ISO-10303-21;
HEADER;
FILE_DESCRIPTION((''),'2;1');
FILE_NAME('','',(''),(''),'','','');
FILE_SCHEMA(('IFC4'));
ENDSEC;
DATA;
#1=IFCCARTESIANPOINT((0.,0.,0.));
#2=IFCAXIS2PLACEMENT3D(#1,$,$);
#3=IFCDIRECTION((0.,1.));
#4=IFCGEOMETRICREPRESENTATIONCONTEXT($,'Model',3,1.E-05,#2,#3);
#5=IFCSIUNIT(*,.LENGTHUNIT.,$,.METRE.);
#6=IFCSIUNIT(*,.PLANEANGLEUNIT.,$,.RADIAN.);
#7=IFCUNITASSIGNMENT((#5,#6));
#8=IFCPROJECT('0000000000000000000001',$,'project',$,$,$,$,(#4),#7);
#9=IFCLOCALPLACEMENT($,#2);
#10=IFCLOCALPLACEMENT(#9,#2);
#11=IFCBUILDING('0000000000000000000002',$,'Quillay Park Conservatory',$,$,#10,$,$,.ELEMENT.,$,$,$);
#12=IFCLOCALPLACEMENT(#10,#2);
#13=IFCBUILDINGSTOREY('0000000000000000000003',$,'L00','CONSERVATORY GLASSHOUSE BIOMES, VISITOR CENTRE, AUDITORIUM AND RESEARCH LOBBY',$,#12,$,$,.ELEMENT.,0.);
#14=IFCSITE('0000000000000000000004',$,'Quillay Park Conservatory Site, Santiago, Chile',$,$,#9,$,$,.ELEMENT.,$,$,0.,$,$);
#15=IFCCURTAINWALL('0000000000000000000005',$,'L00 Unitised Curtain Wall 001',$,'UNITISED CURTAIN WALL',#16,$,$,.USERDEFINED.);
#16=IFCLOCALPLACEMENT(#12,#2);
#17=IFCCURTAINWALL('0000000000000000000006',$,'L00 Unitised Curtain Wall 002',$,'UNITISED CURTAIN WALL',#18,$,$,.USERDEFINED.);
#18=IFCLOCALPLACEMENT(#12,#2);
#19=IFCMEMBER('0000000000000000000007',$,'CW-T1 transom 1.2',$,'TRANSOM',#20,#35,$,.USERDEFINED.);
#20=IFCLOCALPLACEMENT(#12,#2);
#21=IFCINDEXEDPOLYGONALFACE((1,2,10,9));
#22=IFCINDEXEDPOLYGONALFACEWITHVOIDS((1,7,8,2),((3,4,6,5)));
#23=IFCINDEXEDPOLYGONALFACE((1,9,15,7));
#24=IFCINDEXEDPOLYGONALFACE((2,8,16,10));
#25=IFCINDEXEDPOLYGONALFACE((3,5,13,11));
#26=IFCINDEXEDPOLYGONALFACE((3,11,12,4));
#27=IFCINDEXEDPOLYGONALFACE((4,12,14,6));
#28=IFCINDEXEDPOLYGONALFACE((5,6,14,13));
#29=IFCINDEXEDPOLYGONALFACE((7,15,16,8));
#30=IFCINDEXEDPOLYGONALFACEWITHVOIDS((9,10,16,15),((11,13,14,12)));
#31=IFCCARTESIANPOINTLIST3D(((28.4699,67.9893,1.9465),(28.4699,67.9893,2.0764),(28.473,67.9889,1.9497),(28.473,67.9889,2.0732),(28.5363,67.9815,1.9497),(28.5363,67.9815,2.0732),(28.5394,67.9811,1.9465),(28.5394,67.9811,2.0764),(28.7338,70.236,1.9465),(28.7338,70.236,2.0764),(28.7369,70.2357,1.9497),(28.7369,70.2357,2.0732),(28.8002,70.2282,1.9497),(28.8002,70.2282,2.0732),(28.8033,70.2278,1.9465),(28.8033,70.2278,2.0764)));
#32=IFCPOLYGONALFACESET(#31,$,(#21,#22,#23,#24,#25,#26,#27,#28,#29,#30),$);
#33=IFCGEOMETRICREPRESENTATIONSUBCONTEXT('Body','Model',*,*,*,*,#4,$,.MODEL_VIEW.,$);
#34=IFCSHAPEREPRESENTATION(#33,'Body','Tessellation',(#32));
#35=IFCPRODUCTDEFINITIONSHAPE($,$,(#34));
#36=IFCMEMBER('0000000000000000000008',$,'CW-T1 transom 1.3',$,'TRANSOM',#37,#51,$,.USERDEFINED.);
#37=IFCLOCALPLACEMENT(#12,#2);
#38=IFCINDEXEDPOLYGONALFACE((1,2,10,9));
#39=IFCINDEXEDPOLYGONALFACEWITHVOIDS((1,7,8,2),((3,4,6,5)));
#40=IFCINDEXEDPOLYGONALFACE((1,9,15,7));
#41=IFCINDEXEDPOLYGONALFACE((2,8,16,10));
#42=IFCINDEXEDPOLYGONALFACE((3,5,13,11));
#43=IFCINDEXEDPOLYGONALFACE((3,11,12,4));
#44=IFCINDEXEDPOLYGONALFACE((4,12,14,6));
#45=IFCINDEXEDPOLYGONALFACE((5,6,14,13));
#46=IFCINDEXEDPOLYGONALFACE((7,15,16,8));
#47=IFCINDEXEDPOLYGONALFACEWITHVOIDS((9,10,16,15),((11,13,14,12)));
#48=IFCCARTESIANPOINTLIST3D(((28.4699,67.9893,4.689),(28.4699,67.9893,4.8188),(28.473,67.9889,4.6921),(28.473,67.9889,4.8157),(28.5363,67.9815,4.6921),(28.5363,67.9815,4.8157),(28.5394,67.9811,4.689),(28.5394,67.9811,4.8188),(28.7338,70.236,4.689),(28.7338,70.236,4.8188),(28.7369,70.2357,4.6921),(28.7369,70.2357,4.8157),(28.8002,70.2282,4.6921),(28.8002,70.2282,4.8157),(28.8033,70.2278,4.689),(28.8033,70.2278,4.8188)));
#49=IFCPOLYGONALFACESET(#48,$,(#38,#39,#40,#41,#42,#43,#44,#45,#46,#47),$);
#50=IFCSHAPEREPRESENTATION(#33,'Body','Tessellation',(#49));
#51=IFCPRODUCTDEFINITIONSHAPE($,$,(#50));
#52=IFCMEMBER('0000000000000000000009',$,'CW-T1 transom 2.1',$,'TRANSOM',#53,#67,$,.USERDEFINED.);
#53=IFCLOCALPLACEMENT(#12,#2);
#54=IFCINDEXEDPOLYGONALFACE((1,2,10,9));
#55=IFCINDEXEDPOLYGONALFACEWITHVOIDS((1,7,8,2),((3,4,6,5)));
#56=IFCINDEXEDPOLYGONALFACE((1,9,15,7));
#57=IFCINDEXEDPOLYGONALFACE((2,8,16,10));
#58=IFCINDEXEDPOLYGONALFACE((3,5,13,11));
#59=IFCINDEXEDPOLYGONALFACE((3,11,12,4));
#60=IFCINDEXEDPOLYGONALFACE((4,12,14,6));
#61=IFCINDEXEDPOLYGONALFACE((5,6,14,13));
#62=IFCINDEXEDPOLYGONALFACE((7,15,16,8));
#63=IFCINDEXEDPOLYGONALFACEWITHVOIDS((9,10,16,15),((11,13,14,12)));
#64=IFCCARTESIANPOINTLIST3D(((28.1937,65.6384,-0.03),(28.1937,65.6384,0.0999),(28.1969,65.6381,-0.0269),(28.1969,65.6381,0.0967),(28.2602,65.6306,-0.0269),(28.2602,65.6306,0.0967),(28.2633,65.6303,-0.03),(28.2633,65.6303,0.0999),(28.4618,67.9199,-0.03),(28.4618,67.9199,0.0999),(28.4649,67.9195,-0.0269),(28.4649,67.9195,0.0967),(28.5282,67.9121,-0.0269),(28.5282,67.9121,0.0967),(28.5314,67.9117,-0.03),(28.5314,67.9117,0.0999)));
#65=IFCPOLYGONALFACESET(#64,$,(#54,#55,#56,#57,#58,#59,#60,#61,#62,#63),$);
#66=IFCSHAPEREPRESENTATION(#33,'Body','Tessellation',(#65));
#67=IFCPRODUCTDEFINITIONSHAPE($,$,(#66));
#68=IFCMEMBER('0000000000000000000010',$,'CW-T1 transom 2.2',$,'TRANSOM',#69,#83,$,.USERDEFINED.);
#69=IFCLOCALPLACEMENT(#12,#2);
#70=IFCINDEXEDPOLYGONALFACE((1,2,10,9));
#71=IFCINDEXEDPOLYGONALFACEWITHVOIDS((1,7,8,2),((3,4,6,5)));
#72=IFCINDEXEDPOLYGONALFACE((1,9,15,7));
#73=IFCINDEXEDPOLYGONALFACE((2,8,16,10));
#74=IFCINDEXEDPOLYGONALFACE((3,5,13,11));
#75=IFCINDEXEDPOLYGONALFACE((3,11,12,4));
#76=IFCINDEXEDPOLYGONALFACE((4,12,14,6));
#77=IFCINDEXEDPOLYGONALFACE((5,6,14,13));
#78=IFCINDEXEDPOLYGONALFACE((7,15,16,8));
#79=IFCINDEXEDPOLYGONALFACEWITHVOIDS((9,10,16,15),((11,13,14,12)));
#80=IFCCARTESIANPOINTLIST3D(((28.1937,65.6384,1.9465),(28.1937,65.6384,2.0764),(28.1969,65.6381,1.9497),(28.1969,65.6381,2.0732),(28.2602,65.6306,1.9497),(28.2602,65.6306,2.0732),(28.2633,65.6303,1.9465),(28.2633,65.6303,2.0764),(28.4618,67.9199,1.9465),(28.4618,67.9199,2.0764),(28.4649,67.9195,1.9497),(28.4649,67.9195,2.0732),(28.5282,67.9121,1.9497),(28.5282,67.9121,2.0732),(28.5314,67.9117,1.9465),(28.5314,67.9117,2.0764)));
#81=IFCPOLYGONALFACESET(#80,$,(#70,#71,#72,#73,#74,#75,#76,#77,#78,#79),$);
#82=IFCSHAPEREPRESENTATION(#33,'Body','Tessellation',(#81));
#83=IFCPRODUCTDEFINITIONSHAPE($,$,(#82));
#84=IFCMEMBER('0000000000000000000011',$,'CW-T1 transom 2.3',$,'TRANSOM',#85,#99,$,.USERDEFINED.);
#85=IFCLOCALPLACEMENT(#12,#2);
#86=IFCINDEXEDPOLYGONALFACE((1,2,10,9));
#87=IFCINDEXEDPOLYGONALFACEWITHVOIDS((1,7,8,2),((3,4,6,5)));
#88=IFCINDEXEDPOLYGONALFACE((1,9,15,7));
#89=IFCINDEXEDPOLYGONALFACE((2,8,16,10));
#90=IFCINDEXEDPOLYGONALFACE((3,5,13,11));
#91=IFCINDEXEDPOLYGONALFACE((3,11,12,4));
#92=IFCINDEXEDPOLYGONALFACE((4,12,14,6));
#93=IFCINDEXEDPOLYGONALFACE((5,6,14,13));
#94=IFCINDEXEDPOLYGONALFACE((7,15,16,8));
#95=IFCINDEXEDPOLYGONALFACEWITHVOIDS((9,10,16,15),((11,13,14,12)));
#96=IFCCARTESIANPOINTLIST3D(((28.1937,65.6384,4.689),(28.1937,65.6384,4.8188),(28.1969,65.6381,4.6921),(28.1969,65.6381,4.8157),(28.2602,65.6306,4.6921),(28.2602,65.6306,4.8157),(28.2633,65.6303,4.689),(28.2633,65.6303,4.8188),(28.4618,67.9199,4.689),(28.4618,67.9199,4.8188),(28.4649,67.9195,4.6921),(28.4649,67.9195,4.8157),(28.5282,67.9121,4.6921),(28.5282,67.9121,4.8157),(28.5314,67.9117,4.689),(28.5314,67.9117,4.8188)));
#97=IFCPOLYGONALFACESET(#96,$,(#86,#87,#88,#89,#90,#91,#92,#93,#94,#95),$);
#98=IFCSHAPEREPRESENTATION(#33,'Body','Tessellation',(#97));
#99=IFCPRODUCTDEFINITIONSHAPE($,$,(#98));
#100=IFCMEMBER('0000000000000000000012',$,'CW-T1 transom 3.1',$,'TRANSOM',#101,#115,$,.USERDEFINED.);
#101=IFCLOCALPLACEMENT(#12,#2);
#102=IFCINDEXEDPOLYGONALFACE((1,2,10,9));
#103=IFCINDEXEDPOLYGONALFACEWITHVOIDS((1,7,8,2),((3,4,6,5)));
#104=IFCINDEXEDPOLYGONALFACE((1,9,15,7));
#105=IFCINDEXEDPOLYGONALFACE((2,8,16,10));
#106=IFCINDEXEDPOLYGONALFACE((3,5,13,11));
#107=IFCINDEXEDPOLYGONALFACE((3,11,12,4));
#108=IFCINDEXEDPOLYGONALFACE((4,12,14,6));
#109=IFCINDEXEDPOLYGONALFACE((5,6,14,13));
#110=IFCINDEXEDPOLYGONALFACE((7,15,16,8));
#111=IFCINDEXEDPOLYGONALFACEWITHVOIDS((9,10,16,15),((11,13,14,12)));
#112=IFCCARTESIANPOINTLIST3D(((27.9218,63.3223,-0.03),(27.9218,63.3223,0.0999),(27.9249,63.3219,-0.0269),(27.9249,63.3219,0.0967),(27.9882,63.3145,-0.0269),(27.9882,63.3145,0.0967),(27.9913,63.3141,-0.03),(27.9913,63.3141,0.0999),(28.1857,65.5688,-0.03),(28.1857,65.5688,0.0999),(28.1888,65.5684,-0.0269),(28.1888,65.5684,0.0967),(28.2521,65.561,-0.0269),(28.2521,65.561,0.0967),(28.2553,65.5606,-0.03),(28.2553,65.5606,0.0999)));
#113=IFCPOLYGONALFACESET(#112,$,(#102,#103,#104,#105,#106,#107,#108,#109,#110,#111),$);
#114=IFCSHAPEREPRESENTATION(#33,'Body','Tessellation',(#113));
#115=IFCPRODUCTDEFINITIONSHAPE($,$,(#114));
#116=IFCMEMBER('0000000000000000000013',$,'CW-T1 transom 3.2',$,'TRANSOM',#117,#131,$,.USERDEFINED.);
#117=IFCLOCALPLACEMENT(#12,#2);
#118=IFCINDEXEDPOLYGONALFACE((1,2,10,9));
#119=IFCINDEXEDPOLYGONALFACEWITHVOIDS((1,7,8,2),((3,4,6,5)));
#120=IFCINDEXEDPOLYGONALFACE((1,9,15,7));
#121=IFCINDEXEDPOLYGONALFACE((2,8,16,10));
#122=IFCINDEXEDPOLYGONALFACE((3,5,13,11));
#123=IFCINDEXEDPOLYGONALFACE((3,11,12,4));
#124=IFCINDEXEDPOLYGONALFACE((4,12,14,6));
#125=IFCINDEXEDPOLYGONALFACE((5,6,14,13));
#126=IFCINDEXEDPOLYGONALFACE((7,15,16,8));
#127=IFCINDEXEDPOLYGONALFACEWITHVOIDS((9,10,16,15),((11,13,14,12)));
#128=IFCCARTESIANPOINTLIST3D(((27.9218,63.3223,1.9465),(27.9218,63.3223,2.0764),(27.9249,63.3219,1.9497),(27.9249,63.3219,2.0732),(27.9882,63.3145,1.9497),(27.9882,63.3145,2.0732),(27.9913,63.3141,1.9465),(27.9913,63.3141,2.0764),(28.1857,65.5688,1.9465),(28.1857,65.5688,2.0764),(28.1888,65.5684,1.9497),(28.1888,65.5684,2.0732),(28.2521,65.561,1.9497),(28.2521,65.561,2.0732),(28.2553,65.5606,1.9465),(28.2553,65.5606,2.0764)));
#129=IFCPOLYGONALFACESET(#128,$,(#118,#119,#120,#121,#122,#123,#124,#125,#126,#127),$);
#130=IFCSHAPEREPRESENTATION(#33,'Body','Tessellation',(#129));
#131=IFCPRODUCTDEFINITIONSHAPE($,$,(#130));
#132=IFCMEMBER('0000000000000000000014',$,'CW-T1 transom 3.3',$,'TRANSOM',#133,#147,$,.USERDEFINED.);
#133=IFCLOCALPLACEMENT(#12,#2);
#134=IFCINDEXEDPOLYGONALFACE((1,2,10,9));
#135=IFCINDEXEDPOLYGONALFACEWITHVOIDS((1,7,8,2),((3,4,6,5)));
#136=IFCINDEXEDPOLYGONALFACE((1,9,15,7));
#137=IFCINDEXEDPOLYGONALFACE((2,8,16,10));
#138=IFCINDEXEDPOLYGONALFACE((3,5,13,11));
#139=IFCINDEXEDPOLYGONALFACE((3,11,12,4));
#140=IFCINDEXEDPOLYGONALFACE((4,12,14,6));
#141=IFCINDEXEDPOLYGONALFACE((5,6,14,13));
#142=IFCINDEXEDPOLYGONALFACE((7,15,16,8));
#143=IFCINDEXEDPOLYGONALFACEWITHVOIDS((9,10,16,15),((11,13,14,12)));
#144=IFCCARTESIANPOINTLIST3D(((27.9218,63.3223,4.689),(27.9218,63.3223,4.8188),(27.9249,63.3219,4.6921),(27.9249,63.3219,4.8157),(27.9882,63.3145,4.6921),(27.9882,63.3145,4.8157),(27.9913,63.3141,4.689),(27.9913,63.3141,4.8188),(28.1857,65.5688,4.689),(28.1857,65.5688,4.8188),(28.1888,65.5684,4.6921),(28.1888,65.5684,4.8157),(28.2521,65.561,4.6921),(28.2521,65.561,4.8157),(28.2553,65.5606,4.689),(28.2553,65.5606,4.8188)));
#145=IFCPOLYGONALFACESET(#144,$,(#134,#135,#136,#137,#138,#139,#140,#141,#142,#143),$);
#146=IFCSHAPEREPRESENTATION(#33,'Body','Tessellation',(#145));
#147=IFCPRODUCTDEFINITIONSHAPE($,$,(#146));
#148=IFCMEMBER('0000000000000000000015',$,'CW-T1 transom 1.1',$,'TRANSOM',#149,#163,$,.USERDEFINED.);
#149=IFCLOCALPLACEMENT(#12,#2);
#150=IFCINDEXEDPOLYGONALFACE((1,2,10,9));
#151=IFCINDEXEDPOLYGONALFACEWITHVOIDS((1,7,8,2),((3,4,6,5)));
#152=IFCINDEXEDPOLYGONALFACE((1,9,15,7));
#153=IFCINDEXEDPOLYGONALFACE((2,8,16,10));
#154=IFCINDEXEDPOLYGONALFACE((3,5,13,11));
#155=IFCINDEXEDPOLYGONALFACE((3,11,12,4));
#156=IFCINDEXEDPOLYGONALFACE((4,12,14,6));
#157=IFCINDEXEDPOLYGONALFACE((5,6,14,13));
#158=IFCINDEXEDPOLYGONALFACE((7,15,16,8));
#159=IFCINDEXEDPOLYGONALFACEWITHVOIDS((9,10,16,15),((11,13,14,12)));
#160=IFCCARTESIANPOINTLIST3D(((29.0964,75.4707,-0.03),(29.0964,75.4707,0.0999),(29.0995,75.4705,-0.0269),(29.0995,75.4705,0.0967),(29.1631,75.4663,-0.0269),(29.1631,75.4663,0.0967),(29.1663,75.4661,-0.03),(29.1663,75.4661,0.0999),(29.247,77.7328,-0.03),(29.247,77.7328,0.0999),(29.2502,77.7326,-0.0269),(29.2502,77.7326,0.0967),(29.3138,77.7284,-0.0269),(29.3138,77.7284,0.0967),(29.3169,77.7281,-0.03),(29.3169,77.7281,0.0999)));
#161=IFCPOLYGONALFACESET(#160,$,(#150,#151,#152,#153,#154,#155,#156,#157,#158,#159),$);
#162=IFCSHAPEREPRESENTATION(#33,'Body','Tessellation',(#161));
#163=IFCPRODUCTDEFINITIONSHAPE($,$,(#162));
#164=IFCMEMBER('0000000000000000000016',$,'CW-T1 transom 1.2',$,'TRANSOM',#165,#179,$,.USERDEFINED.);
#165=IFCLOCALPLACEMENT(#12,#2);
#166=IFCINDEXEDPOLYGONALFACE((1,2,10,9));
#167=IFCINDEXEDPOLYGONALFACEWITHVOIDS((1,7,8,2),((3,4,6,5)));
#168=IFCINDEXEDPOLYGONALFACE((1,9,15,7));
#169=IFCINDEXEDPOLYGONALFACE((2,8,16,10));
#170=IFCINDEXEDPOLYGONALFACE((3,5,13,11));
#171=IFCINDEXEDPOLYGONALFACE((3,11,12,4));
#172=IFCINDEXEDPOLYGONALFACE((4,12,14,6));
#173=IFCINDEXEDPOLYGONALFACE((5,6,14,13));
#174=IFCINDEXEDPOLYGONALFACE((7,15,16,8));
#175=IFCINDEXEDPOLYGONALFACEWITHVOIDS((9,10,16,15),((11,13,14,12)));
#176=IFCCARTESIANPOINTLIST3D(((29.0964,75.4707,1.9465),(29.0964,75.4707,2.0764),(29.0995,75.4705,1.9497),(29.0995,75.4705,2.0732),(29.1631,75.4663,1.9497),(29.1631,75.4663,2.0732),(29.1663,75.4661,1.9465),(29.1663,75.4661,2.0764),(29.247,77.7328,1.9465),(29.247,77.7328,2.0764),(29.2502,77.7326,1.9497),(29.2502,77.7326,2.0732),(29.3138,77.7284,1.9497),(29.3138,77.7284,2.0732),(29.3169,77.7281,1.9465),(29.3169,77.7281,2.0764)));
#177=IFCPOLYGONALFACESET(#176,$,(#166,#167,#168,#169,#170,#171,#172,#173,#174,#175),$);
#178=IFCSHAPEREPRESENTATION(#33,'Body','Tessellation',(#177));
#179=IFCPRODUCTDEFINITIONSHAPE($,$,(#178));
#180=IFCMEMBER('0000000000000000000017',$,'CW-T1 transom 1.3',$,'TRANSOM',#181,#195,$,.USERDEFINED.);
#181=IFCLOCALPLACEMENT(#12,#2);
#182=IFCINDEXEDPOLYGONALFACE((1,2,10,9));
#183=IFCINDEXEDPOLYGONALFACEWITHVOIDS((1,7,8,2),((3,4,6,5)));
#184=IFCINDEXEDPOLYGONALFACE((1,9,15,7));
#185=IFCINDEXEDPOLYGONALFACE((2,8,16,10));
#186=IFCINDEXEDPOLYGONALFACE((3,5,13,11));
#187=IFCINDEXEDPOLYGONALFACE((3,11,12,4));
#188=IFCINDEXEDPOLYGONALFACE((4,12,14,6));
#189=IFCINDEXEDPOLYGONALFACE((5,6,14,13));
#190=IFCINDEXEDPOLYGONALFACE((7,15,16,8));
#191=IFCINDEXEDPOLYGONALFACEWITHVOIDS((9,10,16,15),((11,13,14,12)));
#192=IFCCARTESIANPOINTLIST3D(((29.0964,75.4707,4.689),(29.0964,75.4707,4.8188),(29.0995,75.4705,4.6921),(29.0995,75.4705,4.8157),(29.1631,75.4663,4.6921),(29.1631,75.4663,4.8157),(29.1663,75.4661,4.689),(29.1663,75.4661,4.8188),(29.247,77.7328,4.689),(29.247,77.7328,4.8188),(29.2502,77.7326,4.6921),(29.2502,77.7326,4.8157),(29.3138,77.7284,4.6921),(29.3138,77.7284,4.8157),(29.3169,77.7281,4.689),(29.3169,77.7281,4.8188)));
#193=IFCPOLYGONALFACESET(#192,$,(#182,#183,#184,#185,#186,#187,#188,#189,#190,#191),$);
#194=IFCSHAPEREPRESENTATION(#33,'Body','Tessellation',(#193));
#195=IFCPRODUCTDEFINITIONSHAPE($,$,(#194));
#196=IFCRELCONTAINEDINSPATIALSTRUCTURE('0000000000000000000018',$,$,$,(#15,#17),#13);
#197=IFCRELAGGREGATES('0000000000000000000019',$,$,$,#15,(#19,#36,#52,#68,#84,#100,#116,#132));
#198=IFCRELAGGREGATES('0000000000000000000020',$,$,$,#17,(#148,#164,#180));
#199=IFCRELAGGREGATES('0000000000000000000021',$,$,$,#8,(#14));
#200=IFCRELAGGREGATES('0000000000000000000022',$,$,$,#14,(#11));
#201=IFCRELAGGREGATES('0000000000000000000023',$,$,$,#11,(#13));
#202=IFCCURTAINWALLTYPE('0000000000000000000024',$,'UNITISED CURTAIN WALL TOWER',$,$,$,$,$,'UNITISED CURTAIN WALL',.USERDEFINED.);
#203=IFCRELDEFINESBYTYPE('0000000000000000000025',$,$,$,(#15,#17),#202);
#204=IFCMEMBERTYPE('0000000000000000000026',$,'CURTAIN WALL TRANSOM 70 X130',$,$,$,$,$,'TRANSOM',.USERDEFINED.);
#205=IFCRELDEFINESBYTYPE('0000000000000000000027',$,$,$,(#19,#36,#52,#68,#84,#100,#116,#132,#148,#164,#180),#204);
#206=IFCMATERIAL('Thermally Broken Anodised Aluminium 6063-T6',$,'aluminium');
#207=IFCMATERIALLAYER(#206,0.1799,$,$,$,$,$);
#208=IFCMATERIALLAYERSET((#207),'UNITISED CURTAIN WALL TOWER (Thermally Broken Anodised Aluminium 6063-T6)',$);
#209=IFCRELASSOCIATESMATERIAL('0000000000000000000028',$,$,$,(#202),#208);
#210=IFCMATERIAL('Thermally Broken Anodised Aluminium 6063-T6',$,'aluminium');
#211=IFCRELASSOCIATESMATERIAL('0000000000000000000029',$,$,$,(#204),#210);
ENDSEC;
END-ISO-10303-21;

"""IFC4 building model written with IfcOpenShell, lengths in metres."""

from ifc_helpers import new_model, si_unit, direction, frame, origin, origin_2d, place, context, subcontext, project, spatial, hollow_rectangle, extrude, material, layer, layer_set, material_profile, profile_set, type_object, element, aggregate, save


model = new_model("IFC4")

# Units and contexts
model_context = context("Model", 3, precision=1e-05, world=origin(), true_north=direction((0.0, 1.0)))
body_context = subcontext(model_context, "Body", "Model", "MODEL_VIEW")
ifc_project = project(units=[si_unit("LENGTHUNIT", "METRE"), si_unit("PLANEANGLEUNIT", "RADIAN")], contexts=[model_context])

# Site, building, storey
site_placement = place(None, origin())
site = spatial("IfcSite", under=ifc_project, at=site_placement, Name="Quillay Park Conservatory Site, Santiago, Chile", CompositionType="ELEMENT", RefElevation=0.0)
building_placement = place(site_placement, origin())
building = spatial("IfcBuilding", under=site, at=building_placement, Name="Quillay Park Conservatory", CompositionType="ELEMENT")
storey_placement = place(building_placement, origin())
storey = spatial("IfcBuildingStorey", under=building, at=storey_placement, Name="L00", Description="CONSERVATORY GLASSHOUSE BIOMES, VISITOR CENTRE, AUDITORIUM AND RESEARCH LOBBY", CompositionType="ELEMENT", Elevation=0.0)

# Curtain walls
ifc_material_1 = material(Name="Thermally Broken Anodised Aluminium 6063-T6", Category="aluminium")
ifc_layer_1 = layer(ifc_material_1, 0.1799)
ifc_layer_set_1 = layer_set([ifc_layer_1], Name="UNITISED CURTAIN WALL TOWER (Thermally Broken Anodised Aluminium 6063-T6)")
curtain_wall_type = type_object("IfcCurtainWallType", Name="UNITISED CURTAIN WALL TOWER", ElementType="UNITISED CURTAIN WALL", PredefinedType="USERDEFINED", material=ifc_layer_set_1)
curtain_wall_1_placement = place(storey_placement, origin())
curtain_wall_1 = element("IfcCurtainWall", 1, at=curtain_wall_1_placement, inside=storey, type_object=curtain_wall_type, Name="L00 Unitised Curtain Wall 001", ObjectType="UNITISED CURTAIN WALL", PredefinedType="USERDEFINED")
curtain_wall_2_placement = place(storey_placement, origin())
curtain_wall_2 = element("IfcCurtainWall", 2, at=curtain_wall_2_placement, inside=storey, type_object=curtain_wall_type, Name="L00 Unitised Curtain Wall 002", ObjectType="UNITISED CURTAIN WALL", PredefinedType="USERDEFINED")

# Members
ifc_material_2 = material(Name="Thermally Broken Anodised Aluminium 6063-T6", Category="aluminium")
ifc_material_profile_1 = material_profile(ifc_material_2, hollow_rectangle(XDim=0.0701, YDim=0.1299, WallThickness=0.0032, at=origin_2d()), Name="AL70x130x3.2")
ifc_profile_set_1 = profile_set([ifc_material_profile_1], Name="Thermally Broken Anodised Aluminium 6063-T6")
member_type_1 = type_object("IfcMemberType", Name="CURTAIN WALL TRANSOM 70 X130", ElementType="TRANSOM", PredefinedType="USERDEFINED", material=ifc_profile_set_1)
member_1_placement = place(storey_placement, frame((28.7686, 70.2319, 2.0115), z_axis=(-0.11666, -0.993172, 0.0), x_axis=(0.993172, -0.11666, 0.0)))
member_1 = element("IfcMember", 3, at=member_1_placement, type_object=member_type_1, Name="CW-T1 transom 1.2", ObjectType="TRANSOM", PredefinedType="USERDEFINED", context=body_context, shape_type="SweptSolid", body=[
    extrude(hollow_rectangle(XDim=0.0701, YDim=0.1299, WallThickness=0.0032, at=origin_2d()), origin(), (0.0, 0.0, 1.0), 2.2622),
])
member_2_placement = place(storey_placement, frame((28.7686, 70.2319, 4.7539), z_axis=(-0.11666, -0.993172, 0.0), x_axis=(0.993172, -0.11666, 0.0)))
member_2 = element("IfcMember", 4, at=member_2_placement, type_object=member_type_1, Name="CW-T1 transom 1.3", ObjectType="TRANSOM", PredefinedType="USERDEFINED", context=body_context, shape_type="SweptSolid", body=[
    extrude(hollow_rectangle(XDim=0.0701, YDim=0.1299, WallThickness=0.0032, at=origin_2d()), origin(), (0.0, 0.0, 1.0), 2.2622),
])
member_3_placement = place(storey_placement, frame((28.4966, 67.9158, 0.0349), z_axis=(-0.116693, -0.993168, 0.0), x_axis=(0.993168, -0.116693, 0.0)))
member_3 = element("IfcMember", 5, at=member_3_placement, type_object=member_type_1, Name="CW-T1 transom 2.1", ObjectType="TRANSOM", PredefinedType="USERDEFINED", context=body_context, shape_type="SweptSolid", body=[
    extrude(hollow_rectangle(XDim=0.0701, YDim=0.1299, WallThickness=0.0032, at=origin_2d()), origin(), (0.0, 0.0, 1.0), 2.2971),
])
member_4_placement = place(storey_placement, frame((28.4966, 67.9158, 2.0115), z_axis=(-0.116693, -0.993168, 0.0), x_axis=(0.993168, -0.116693, 0.0)))
member_4 = element("IfcMember", 6, at=member_4_placement, type_object=member_type_1, Name="CW-T1 transom 2.2", ObjectType="TRANSOM", PredefinedType="USERDEFINED", context=body_context, shape_type="SweptSolid", body=[
    extrude(hollow_rectangle(XDim=0.0701, YDim=0.1299, WallThickness=0.0032, at=origin_2d()), origin(), (0.0, 0.0, 1.0), 2.2971),
])
member_5_placement = place(storey_placement, frame((28.4966, 67.9158, 4.7539), z_axis=(-0.116693, -0.993168, 0.0), x_axis=(0.993168, -0.116693, 0.0)))
member_5 = element("IfcMember", 7, at=member_5_placement, type_object=member_type_1, Name="CW-T1 transom 2.3", ObjectType="TRANSOM", PredefinedType="USERDEFINED", context=body_context, shape_type="SweptSolid", body=[
    extrude(hollow_rectangle(XDim=0.0701, YDim=0.1299, WallThickness=0.0032, at=origin_2d()), origin(), (0.0, 0.0, 1.0), 2.2971),
])
member_6_placement = place(storey_placement, frame((28.2205, 65.5647, 0.0349), z_axis=(-0.116672, -0.99317, 0.0), x_axis=(0.99317, -0.116672, 0.0)))
member_6 = element("IfcMember", 8, at=member_6_placement, type_object=member_type_1, Name="CW-T1 transom 3.1", ObjectType="TRANSOM", PredefinedType="USERDEFINED", context=body_context, shape_type="SweptSolid", body=[
    extrude(hollow_rectangle(XDim=0.0701, YDim=0.1299, WallThickness=0.0032, at=origin_2d()), origin(), (0.0, 0.0, 1.0), 2.262),
])
member_7_placement = place(storey_placement, frame((28.2205, 65.5647, 2.0115), z_axis=(-0.116672, -0.99317, 0.0), x_axis=(0.99317, -0.116672, 0.0)))
member_7 = element("IfcMember", 9, at=member_7_placement, type_object=member_type_1, Name="CW-T1 transom 3.2", ObjectType="TRANSOM", PredefinedType="USERDEFINED", context=body_context, shape_type="SweptSolid", body=[
    extrude(hollow_rectangle(XDim=0.0701, YDim=0.1299, WallThickness=0.0032, at=origin_2d()), origin(), (0.0, 0.0, 1.0), 2.262),
])
member_8_placement = place(storey_placement, frame((28.2205, 65.5647, 4.7539), z_axis=(-0.116672, -0.99317, 0.0), x_axis=(0.99317, -0.116672, 0.0)))
member_8 = element("IfcMember", 10, at=member_8_placement, type_object=member_type_1, Name="CW-T1 transom 3.3", ObjectType="TRANSOM", PredefinedType="USERDEFINED", context=body_context, shape_type="SweptSolid", body=[
    extrude(hollow_rectangle(XDim=0.0701, YDim=0.1299, WallThickness=0.0032, at=origin_2d()), origin(), (0.0, 0.0, 1.0), 2.262),
])
member_9_placement = place(storey_placement, frame((29.282, 77.7305, 0.0349), z_axis=(-0.066448, -0.99779, 0.0), x_axis=(0.99779, -0.066448, 0.0)))
member_9 = element("IfcMember", 11, at=member_9_placement, type_object=member_type_1, Name="CW-T1 transom 1.1", ObjectType="TRANSOM", PredefinedType="USERDEFINED", context=body_context, shape_type="SweptSolid", body=[
    extrude(hollow_rectangle(XDim=0.0701, YDim=0.1299, WallThickness=0.0032, at=origin_2d()), origin(), (0.0, 0.0, 1.0), 2.2671),
])
member_10_placement = place(storey_placement, frame((29.282, 77.7305, 2.0115), z_axis=(-0.066448, -0.99779, 0.0), x_axis=(0.99779, -0.066448, 0.0)))
member_10 = element("IfcMember", 12, at=member_10_placement, type_object=member_type_1, Name="CW-T1 transom 1.2", ObjectType="TRANSOM", PredefinedType="USERDEFINED", context=body_context, shape_type="SweptSolid", body=[
    extrude(hollow_rectangle(XDim=0.0701, YDim=0.1299, WallThickness=0.0032, at=origin_2d()), origin(), (0.0, 0.0, 1.0), 2.2671),
])
member_11_placement = place(storey_placement, frame((29.282, 77.7305, 4.7539), z_axis=(-0.066448, -0.99779, 0.0), x_axis=(0.99779, -0.066448, 0.0)))
member_11 = element("IfcMember", 13, at=member_11_placement, type_object=member_type_1, Name="CW-T1 transom 1.3", ObjectType="TRANSOM", PredefinedType="USERDEFINED", context=body_context, shape_type="SweptSolid", body=[
    extrude(hollow_rectangle(XDim=0.0701, YDim=0.1299, WallThickness=0.0032, at=origin_2d()), origin(), (0.0, 0.0, 1.0), 2.2671),
])

aggregate(curtain_wall_1, [member_1, member_2, member_3, member_4, member_5, member_6, member_7, member_8])
aggregate(curtain_wall_2, [member_9, member_10, member_11])

save(model, "model.ifc")
